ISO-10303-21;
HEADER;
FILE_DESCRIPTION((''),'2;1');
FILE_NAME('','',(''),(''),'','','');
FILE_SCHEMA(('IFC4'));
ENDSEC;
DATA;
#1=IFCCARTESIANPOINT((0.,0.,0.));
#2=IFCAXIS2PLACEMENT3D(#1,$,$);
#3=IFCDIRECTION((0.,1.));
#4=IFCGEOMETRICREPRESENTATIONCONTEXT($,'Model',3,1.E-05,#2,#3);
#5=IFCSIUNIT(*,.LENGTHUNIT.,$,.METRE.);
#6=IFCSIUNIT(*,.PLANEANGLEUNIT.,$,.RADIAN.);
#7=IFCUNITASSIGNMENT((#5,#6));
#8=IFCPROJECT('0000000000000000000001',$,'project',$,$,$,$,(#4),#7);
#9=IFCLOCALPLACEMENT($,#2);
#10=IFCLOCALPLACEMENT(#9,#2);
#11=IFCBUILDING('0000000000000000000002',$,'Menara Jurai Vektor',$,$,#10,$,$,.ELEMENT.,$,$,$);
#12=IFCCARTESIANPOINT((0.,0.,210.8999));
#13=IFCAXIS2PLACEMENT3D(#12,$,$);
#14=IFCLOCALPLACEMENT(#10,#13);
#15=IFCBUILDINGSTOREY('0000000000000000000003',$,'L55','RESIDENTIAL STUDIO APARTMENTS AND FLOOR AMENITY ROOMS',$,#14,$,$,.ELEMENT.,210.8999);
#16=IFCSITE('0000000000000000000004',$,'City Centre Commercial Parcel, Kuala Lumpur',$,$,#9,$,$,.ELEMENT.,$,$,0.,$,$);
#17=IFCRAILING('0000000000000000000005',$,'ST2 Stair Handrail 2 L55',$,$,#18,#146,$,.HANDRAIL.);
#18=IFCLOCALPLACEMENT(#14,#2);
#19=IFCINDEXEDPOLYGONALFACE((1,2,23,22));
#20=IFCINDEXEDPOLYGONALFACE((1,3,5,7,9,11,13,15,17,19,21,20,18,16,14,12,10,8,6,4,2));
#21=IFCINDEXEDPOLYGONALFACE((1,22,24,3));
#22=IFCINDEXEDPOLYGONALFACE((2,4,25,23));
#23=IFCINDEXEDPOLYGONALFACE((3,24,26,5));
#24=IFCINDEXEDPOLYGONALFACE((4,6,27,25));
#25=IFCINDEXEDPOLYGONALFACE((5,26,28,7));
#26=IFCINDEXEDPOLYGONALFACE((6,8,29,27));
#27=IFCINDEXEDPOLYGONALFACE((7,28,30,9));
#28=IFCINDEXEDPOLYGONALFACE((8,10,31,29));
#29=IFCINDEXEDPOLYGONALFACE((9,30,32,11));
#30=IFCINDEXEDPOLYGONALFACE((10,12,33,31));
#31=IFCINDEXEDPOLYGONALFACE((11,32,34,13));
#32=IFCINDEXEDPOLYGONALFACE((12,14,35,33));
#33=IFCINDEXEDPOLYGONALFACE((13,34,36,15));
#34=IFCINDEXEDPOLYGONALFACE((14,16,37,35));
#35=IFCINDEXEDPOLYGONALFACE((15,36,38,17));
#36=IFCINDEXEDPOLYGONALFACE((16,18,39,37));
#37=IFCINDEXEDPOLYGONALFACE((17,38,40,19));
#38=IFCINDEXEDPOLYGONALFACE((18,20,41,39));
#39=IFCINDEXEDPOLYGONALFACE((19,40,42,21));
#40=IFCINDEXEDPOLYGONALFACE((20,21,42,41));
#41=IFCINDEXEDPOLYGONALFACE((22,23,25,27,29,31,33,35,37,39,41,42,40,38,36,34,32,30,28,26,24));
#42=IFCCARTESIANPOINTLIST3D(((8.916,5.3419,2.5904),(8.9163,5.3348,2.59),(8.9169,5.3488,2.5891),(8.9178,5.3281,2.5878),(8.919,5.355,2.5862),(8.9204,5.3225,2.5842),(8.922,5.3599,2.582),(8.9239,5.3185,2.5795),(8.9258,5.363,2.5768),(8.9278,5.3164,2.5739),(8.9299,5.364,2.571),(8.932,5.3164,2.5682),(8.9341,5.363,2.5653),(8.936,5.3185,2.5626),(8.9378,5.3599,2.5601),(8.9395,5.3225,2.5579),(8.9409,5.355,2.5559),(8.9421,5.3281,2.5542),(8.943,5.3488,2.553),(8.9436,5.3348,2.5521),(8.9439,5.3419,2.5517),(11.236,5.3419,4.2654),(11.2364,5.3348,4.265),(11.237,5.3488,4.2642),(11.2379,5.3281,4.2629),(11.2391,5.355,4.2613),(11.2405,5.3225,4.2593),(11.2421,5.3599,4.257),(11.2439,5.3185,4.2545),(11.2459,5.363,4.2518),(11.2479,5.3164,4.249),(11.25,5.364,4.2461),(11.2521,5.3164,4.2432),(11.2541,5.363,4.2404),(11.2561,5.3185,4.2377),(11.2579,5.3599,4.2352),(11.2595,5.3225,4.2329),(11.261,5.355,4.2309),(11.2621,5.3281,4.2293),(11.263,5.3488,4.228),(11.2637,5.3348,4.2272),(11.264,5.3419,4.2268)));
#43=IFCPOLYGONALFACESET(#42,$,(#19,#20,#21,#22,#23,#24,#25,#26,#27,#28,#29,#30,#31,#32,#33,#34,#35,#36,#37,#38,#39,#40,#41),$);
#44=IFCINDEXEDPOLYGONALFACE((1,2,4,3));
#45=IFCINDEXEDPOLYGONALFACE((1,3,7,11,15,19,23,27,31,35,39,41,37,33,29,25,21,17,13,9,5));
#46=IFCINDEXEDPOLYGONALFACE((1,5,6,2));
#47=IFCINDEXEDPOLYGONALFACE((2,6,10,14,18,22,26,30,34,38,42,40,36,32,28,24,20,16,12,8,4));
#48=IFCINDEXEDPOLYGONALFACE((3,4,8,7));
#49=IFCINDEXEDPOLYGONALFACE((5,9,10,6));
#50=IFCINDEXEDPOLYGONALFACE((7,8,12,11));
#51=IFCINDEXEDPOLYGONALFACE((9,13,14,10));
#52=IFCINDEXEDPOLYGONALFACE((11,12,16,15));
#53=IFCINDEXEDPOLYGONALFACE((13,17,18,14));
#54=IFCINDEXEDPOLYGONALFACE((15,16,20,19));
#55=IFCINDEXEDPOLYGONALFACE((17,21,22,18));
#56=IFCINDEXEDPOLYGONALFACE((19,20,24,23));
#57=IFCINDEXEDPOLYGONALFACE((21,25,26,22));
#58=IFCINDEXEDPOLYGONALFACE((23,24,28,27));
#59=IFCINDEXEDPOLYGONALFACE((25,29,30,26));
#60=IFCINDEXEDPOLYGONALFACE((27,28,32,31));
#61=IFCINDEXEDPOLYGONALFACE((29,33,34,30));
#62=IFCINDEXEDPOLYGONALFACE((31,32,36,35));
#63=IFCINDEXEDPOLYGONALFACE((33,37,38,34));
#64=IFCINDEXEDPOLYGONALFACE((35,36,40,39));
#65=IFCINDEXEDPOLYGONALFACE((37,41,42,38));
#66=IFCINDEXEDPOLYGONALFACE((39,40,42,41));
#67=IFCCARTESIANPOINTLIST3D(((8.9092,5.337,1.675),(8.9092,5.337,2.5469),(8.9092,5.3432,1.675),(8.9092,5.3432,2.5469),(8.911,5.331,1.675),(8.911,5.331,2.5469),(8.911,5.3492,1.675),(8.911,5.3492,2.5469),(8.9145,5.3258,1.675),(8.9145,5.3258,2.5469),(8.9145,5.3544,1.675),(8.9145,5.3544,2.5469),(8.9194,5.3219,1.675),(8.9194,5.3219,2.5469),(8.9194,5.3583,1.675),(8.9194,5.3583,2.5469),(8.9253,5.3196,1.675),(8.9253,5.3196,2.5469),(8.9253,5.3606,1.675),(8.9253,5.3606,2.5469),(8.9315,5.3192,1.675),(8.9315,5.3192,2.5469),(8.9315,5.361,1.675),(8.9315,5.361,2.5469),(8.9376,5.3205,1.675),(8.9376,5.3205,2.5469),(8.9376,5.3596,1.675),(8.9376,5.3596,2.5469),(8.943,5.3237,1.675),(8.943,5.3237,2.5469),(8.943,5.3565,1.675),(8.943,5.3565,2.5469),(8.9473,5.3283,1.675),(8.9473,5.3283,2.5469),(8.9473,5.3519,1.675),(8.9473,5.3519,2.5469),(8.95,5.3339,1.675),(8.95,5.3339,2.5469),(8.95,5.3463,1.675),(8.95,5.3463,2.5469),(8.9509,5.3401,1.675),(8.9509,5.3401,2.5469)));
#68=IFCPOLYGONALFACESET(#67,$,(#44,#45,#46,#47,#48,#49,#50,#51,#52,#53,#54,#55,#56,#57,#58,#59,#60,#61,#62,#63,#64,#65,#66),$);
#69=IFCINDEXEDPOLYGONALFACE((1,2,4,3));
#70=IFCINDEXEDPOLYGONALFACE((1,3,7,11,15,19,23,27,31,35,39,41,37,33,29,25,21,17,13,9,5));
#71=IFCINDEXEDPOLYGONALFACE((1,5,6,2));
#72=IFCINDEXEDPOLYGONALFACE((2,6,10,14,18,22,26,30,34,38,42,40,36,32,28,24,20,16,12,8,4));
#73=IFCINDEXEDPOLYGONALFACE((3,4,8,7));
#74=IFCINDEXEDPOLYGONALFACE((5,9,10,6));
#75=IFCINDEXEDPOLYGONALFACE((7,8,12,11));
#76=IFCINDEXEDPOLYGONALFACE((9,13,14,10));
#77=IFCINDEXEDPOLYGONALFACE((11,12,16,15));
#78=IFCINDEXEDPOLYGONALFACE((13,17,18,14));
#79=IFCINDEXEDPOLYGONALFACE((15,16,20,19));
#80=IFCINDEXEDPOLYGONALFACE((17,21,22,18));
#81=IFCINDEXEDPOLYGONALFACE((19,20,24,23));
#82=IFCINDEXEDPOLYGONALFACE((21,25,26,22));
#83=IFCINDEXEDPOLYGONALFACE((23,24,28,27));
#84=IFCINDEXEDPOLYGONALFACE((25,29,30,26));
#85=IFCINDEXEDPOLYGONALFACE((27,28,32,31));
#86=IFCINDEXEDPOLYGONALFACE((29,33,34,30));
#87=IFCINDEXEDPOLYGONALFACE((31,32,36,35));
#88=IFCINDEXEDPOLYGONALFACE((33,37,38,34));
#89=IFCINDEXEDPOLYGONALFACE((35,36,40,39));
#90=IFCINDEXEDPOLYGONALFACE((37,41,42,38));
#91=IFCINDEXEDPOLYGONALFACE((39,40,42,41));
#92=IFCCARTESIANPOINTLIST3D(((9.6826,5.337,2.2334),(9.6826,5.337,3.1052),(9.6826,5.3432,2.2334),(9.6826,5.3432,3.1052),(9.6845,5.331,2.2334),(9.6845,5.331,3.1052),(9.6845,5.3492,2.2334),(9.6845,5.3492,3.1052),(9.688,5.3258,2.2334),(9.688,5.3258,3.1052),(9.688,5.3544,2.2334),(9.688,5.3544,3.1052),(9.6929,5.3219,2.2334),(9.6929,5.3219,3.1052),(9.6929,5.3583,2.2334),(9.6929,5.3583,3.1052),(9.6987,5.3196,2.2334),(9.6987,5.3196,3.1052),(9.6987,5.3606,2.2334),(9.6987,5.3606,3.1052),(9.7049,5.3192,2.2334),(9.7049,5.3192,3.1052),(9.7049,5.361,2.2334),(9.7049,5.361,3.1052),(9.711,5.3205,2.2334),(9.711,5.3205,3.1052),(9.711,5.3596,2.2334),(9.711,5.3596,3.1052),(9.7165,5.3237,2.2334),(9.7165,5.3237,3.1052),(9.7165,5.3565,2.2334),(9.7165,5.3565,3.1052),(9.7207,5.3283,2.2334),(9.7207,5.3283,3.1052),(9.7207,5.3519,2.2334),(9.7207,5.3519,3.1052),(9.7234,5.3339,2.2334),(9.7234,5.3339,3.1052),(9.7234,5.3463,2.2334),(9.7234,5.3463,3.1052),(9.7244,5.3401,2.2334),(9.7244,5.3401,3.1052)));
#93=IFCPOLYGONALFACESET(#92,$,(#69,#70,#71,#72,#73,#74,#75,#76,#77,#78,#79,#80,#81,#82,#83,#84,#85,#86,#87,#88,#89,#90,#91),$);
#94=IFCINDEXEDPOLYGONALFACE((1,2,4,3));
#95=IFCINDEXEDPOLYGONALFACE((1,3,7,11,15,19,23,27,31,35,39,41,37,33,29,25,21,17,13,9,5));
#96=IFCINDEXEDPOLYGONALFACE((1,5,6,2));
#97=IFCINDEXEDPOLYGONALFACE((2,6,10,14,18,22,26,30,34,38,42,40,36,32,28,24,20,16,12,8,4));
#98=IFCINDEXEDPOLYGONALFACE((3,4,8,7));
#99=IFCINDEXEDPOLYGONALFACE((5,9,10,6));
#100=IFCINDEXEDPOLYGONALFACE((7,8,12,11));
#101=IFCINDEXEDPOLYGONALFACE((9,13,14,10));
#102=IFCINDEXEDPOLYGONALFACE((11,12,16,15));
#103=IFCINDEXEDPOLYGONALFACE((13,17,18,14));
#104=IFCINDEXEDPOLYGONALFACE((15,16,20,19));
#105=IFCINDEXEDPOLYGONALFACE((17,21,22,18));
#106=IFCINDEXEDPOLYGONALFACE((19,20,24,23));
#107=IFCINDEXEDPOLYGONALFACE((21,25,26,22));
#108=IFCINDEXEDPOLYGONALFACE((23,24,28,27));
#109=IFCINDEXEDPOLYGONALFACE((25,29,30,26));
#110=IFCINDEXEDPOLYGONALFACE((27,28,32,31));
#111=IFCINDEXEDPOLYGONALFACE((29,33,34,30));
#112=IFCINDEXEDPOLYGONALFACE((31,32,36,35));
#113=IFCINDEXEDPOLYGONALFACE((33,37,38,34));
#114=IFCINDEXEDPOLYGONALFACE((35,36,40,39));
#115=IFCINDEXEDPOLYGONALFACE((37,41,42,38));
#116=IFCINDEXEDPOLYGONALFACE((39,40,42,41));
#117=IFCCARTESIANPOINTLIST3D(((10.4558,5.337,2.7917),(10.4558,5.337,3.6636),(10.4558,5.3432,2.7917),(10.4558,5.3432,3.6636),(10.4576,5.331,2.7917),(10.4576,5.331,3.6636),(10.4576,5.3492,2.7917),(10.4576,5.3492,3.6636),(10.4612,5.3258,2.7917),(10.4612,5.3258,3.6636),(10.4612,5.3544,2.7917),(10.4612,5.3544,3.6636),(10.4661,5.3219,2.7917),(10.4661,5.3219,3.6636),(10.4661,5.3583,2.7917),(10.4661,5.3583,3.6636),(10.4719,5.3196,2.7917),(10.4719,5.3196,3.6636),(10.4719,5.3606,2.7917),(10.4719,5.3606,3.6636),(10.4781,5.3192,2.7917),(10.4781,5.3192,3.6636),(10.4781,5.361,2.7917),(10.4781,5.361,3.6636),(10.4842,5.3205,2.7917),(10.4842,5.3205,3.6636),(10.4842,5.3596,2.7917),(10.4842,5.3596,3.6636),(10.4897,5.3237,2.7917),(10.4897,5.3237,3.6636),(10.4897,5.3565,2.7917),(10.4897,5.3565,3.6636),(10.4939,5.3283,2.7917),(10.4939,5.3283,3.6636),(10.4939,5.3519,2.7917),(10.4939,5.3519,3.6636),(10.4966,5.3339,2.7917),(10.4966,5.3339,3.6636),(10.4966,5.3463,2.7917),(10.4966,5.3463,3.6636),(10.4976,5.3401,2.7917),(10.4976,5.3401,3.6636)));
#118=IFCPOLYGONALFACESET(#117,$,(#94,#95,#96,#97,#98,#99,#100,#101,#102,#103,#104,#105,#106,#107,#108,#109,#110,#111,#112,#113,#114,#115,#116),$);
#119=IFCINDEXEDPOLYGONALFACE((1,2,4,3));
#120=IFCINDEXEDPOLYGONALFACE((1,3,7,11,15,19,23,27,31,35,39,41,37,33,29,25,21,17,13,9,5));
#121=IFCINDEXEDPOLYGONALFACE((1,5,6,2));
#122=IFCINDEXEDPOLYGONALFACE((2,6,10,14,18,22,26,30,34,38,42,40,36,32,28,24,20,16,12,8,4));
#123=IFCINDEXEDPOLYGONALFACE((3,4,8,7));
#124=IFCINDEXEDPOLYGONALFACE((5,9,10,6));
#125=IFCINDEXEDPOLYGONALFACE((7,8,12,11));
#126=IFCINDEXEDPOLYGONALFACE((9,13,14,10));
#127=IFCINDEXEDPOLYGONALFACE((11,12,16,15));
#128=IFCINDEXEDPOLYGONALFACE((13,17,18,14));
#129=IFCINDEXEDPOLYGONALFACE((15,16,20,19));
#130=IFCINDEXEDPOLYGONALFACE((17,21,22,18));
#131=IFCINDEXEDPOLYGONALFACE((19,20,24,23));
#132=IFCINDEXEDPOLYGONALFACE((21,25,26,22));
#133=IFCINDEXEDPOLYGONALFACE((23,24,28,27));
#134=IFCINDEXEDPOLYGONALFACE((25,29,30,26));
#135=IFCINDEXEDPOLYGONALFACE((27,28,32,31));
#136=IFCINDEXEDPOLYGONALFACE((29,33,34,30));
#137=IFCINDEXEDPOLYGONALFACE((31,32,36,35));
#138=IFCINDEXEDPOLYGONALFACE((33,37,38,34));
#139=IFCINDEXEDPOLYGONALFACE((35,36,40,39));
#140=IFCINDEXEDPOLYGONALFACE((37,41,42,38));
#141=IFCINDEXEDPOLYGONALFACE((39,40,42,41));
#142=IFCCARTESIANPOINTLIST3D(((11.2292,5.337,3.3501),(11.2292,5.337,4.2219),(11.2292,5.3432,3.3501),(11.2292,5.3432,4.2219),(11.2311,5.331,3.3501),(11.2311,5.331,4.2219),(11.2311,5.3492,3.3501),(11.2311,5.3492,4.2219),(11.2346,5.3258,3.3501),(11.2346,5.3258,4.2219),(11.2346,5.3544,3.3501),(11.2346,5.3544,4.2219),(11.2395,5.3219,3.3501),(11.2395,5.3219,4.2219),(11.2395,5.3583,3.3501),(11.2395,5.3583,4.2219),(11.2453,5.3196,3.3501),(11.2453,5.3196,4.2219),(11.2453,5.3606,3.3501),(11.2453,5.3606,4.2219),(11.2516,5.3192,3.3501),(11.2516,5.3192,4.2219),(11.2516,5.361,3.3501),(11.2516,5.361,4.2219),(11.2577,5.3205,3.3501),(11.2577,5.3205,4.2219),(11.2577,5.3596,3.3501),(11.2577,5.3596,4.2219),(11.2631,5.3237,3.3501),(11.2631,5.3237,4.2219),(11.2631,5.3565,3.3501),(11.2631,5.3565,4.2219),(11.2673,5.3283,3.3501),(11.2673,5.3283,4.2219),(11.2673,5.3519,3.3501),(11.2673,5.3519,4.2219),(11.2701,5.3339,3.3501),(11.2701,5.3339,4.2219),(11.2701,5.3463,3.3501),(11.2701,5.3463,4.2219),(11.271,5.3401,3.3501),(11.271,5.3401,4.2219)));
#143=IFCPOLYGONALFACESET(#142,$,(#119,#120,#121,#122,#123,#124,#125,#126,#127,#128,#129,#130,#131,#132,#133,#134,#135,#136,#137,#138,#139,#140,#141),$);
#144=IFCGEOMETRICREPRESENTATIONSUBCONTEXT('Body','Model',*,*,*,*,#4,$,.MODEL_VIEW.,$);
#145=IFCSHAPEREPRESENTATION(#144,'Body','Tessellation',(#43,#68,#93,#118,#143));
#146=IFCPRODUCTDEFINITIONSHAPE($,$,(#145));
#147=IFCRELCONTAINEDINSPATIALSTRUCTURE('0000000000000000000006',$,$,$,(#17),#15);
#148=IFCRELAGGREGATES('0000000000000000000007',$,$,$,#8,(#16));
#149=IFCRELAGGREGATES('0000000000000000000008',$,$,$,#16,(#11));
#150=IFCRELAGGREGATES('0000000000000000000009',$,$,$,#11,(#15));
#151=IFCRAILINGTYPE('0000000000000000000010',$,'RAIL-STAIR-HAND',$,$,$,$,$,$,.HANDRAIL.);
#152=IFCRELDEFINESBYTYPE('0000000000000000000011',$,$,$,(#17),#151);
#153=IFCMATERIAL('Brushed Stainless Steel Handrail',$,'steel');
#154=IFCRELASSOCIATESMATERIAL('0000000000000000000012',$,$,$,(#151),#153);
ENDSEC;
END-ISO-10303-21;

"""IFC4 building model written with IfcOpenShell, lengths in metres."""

from ifc_helpers import new_model, si_unit, direction, frame, origin, origin_2d, place, context, subcontext, project, spatial, circle, extrude, material, type_object, element, save


model = new_model("IFC4")

# Units and contexts
model_context = context("Model", 3, precision=1e-05, world=origin(), true_north=direction((0.0, 1.0)))
body_context = subcontext(model_context, "Body", "Model", "MODEL_VIEW")
ifc_project = project(units=[si_unit("LENGTHUNIT", "METRE"), si_unit("PLANEANGLEUNIT", "RADIAN")], contexts=[model_context])

# Site, building, storey
site_placement = place(None, origin())
site = spatial("IfcSite", under=ifc_project, at=site_placement, Name="City Centre Commercial Parcel, Kuala Lumpur", CompositionType="ELEMENT", RefElevation=0.0)
building_placement = place(site_placement, origin())
building = spatial("IfcBuilding", under=site, at=building_placement, Name="Menara Jurai Vektor", CompositionType="ELEMENT")
storey_placement = place(building_placement, frame((0.0, 0.0, 210.8999)))
storey = spatial("IfcBuildingStorey", under=building, at=storey_placement, Name="L55", Description="RESIDENTIAL STUDIO APARTMENTS AND FLOOR AMENITY ROOMS", CompositionType="ELEMENT", Elevation=210.8999)

# Railing
ifc_material_1 = material(Name="Brushed Stainless Steel Handrail", Category="steel")
railing_type_1 = type_object("IfcRailingType", Name="RAIL-STAIR-HAND", PredefinedType="HANDRAIL", material=ifc_material_1)
railing_1_placement = place(storey_placement, frame((8.9299, 5.3401, 1.675)))
element("IfcRailing", 1, at=railing_1_placement, inside=storey, type_object=railing_type_1, Name="ST2 Stair Handrail 2 L55", PredefinedType="HANDRAIL", context=body_context, shape_type="SweptSolid", body=[
    extrude(circle(Radius=0.0239, at=origin_2d()), frame((0.0, 0.0, 0.896), z_axis=(0.810771, 0.0, 0.585363), x_axis=(0.0, 1.0, 0.0)), (0.0, 0.0, 1.0), 2.8616),
    extrude(circle(Radius=0.021, at=origin_2d()), origin(), (0.0, 0.0, 1.0), 0.8718),
    extrude(circle(Radius=0.021, at=origin_2d()), frame((0.7734, 0.0, 0.5583)), (0.0, 0.0, 1.0), 0.8718),
    extrude(circle(Radius=0.021, at=origin_2d()), frame((1.5466, 0.0, 1.1167)), (0.0, 0.0, 1.0), 0.8718),
    extrude(circle(Radius=0.021, at=origin_2d()), frame((2.3201, 0.0, 1.675)), (0.0, 0.0, 1.0), 0.8718),
])

save(model, "model.ifc")
